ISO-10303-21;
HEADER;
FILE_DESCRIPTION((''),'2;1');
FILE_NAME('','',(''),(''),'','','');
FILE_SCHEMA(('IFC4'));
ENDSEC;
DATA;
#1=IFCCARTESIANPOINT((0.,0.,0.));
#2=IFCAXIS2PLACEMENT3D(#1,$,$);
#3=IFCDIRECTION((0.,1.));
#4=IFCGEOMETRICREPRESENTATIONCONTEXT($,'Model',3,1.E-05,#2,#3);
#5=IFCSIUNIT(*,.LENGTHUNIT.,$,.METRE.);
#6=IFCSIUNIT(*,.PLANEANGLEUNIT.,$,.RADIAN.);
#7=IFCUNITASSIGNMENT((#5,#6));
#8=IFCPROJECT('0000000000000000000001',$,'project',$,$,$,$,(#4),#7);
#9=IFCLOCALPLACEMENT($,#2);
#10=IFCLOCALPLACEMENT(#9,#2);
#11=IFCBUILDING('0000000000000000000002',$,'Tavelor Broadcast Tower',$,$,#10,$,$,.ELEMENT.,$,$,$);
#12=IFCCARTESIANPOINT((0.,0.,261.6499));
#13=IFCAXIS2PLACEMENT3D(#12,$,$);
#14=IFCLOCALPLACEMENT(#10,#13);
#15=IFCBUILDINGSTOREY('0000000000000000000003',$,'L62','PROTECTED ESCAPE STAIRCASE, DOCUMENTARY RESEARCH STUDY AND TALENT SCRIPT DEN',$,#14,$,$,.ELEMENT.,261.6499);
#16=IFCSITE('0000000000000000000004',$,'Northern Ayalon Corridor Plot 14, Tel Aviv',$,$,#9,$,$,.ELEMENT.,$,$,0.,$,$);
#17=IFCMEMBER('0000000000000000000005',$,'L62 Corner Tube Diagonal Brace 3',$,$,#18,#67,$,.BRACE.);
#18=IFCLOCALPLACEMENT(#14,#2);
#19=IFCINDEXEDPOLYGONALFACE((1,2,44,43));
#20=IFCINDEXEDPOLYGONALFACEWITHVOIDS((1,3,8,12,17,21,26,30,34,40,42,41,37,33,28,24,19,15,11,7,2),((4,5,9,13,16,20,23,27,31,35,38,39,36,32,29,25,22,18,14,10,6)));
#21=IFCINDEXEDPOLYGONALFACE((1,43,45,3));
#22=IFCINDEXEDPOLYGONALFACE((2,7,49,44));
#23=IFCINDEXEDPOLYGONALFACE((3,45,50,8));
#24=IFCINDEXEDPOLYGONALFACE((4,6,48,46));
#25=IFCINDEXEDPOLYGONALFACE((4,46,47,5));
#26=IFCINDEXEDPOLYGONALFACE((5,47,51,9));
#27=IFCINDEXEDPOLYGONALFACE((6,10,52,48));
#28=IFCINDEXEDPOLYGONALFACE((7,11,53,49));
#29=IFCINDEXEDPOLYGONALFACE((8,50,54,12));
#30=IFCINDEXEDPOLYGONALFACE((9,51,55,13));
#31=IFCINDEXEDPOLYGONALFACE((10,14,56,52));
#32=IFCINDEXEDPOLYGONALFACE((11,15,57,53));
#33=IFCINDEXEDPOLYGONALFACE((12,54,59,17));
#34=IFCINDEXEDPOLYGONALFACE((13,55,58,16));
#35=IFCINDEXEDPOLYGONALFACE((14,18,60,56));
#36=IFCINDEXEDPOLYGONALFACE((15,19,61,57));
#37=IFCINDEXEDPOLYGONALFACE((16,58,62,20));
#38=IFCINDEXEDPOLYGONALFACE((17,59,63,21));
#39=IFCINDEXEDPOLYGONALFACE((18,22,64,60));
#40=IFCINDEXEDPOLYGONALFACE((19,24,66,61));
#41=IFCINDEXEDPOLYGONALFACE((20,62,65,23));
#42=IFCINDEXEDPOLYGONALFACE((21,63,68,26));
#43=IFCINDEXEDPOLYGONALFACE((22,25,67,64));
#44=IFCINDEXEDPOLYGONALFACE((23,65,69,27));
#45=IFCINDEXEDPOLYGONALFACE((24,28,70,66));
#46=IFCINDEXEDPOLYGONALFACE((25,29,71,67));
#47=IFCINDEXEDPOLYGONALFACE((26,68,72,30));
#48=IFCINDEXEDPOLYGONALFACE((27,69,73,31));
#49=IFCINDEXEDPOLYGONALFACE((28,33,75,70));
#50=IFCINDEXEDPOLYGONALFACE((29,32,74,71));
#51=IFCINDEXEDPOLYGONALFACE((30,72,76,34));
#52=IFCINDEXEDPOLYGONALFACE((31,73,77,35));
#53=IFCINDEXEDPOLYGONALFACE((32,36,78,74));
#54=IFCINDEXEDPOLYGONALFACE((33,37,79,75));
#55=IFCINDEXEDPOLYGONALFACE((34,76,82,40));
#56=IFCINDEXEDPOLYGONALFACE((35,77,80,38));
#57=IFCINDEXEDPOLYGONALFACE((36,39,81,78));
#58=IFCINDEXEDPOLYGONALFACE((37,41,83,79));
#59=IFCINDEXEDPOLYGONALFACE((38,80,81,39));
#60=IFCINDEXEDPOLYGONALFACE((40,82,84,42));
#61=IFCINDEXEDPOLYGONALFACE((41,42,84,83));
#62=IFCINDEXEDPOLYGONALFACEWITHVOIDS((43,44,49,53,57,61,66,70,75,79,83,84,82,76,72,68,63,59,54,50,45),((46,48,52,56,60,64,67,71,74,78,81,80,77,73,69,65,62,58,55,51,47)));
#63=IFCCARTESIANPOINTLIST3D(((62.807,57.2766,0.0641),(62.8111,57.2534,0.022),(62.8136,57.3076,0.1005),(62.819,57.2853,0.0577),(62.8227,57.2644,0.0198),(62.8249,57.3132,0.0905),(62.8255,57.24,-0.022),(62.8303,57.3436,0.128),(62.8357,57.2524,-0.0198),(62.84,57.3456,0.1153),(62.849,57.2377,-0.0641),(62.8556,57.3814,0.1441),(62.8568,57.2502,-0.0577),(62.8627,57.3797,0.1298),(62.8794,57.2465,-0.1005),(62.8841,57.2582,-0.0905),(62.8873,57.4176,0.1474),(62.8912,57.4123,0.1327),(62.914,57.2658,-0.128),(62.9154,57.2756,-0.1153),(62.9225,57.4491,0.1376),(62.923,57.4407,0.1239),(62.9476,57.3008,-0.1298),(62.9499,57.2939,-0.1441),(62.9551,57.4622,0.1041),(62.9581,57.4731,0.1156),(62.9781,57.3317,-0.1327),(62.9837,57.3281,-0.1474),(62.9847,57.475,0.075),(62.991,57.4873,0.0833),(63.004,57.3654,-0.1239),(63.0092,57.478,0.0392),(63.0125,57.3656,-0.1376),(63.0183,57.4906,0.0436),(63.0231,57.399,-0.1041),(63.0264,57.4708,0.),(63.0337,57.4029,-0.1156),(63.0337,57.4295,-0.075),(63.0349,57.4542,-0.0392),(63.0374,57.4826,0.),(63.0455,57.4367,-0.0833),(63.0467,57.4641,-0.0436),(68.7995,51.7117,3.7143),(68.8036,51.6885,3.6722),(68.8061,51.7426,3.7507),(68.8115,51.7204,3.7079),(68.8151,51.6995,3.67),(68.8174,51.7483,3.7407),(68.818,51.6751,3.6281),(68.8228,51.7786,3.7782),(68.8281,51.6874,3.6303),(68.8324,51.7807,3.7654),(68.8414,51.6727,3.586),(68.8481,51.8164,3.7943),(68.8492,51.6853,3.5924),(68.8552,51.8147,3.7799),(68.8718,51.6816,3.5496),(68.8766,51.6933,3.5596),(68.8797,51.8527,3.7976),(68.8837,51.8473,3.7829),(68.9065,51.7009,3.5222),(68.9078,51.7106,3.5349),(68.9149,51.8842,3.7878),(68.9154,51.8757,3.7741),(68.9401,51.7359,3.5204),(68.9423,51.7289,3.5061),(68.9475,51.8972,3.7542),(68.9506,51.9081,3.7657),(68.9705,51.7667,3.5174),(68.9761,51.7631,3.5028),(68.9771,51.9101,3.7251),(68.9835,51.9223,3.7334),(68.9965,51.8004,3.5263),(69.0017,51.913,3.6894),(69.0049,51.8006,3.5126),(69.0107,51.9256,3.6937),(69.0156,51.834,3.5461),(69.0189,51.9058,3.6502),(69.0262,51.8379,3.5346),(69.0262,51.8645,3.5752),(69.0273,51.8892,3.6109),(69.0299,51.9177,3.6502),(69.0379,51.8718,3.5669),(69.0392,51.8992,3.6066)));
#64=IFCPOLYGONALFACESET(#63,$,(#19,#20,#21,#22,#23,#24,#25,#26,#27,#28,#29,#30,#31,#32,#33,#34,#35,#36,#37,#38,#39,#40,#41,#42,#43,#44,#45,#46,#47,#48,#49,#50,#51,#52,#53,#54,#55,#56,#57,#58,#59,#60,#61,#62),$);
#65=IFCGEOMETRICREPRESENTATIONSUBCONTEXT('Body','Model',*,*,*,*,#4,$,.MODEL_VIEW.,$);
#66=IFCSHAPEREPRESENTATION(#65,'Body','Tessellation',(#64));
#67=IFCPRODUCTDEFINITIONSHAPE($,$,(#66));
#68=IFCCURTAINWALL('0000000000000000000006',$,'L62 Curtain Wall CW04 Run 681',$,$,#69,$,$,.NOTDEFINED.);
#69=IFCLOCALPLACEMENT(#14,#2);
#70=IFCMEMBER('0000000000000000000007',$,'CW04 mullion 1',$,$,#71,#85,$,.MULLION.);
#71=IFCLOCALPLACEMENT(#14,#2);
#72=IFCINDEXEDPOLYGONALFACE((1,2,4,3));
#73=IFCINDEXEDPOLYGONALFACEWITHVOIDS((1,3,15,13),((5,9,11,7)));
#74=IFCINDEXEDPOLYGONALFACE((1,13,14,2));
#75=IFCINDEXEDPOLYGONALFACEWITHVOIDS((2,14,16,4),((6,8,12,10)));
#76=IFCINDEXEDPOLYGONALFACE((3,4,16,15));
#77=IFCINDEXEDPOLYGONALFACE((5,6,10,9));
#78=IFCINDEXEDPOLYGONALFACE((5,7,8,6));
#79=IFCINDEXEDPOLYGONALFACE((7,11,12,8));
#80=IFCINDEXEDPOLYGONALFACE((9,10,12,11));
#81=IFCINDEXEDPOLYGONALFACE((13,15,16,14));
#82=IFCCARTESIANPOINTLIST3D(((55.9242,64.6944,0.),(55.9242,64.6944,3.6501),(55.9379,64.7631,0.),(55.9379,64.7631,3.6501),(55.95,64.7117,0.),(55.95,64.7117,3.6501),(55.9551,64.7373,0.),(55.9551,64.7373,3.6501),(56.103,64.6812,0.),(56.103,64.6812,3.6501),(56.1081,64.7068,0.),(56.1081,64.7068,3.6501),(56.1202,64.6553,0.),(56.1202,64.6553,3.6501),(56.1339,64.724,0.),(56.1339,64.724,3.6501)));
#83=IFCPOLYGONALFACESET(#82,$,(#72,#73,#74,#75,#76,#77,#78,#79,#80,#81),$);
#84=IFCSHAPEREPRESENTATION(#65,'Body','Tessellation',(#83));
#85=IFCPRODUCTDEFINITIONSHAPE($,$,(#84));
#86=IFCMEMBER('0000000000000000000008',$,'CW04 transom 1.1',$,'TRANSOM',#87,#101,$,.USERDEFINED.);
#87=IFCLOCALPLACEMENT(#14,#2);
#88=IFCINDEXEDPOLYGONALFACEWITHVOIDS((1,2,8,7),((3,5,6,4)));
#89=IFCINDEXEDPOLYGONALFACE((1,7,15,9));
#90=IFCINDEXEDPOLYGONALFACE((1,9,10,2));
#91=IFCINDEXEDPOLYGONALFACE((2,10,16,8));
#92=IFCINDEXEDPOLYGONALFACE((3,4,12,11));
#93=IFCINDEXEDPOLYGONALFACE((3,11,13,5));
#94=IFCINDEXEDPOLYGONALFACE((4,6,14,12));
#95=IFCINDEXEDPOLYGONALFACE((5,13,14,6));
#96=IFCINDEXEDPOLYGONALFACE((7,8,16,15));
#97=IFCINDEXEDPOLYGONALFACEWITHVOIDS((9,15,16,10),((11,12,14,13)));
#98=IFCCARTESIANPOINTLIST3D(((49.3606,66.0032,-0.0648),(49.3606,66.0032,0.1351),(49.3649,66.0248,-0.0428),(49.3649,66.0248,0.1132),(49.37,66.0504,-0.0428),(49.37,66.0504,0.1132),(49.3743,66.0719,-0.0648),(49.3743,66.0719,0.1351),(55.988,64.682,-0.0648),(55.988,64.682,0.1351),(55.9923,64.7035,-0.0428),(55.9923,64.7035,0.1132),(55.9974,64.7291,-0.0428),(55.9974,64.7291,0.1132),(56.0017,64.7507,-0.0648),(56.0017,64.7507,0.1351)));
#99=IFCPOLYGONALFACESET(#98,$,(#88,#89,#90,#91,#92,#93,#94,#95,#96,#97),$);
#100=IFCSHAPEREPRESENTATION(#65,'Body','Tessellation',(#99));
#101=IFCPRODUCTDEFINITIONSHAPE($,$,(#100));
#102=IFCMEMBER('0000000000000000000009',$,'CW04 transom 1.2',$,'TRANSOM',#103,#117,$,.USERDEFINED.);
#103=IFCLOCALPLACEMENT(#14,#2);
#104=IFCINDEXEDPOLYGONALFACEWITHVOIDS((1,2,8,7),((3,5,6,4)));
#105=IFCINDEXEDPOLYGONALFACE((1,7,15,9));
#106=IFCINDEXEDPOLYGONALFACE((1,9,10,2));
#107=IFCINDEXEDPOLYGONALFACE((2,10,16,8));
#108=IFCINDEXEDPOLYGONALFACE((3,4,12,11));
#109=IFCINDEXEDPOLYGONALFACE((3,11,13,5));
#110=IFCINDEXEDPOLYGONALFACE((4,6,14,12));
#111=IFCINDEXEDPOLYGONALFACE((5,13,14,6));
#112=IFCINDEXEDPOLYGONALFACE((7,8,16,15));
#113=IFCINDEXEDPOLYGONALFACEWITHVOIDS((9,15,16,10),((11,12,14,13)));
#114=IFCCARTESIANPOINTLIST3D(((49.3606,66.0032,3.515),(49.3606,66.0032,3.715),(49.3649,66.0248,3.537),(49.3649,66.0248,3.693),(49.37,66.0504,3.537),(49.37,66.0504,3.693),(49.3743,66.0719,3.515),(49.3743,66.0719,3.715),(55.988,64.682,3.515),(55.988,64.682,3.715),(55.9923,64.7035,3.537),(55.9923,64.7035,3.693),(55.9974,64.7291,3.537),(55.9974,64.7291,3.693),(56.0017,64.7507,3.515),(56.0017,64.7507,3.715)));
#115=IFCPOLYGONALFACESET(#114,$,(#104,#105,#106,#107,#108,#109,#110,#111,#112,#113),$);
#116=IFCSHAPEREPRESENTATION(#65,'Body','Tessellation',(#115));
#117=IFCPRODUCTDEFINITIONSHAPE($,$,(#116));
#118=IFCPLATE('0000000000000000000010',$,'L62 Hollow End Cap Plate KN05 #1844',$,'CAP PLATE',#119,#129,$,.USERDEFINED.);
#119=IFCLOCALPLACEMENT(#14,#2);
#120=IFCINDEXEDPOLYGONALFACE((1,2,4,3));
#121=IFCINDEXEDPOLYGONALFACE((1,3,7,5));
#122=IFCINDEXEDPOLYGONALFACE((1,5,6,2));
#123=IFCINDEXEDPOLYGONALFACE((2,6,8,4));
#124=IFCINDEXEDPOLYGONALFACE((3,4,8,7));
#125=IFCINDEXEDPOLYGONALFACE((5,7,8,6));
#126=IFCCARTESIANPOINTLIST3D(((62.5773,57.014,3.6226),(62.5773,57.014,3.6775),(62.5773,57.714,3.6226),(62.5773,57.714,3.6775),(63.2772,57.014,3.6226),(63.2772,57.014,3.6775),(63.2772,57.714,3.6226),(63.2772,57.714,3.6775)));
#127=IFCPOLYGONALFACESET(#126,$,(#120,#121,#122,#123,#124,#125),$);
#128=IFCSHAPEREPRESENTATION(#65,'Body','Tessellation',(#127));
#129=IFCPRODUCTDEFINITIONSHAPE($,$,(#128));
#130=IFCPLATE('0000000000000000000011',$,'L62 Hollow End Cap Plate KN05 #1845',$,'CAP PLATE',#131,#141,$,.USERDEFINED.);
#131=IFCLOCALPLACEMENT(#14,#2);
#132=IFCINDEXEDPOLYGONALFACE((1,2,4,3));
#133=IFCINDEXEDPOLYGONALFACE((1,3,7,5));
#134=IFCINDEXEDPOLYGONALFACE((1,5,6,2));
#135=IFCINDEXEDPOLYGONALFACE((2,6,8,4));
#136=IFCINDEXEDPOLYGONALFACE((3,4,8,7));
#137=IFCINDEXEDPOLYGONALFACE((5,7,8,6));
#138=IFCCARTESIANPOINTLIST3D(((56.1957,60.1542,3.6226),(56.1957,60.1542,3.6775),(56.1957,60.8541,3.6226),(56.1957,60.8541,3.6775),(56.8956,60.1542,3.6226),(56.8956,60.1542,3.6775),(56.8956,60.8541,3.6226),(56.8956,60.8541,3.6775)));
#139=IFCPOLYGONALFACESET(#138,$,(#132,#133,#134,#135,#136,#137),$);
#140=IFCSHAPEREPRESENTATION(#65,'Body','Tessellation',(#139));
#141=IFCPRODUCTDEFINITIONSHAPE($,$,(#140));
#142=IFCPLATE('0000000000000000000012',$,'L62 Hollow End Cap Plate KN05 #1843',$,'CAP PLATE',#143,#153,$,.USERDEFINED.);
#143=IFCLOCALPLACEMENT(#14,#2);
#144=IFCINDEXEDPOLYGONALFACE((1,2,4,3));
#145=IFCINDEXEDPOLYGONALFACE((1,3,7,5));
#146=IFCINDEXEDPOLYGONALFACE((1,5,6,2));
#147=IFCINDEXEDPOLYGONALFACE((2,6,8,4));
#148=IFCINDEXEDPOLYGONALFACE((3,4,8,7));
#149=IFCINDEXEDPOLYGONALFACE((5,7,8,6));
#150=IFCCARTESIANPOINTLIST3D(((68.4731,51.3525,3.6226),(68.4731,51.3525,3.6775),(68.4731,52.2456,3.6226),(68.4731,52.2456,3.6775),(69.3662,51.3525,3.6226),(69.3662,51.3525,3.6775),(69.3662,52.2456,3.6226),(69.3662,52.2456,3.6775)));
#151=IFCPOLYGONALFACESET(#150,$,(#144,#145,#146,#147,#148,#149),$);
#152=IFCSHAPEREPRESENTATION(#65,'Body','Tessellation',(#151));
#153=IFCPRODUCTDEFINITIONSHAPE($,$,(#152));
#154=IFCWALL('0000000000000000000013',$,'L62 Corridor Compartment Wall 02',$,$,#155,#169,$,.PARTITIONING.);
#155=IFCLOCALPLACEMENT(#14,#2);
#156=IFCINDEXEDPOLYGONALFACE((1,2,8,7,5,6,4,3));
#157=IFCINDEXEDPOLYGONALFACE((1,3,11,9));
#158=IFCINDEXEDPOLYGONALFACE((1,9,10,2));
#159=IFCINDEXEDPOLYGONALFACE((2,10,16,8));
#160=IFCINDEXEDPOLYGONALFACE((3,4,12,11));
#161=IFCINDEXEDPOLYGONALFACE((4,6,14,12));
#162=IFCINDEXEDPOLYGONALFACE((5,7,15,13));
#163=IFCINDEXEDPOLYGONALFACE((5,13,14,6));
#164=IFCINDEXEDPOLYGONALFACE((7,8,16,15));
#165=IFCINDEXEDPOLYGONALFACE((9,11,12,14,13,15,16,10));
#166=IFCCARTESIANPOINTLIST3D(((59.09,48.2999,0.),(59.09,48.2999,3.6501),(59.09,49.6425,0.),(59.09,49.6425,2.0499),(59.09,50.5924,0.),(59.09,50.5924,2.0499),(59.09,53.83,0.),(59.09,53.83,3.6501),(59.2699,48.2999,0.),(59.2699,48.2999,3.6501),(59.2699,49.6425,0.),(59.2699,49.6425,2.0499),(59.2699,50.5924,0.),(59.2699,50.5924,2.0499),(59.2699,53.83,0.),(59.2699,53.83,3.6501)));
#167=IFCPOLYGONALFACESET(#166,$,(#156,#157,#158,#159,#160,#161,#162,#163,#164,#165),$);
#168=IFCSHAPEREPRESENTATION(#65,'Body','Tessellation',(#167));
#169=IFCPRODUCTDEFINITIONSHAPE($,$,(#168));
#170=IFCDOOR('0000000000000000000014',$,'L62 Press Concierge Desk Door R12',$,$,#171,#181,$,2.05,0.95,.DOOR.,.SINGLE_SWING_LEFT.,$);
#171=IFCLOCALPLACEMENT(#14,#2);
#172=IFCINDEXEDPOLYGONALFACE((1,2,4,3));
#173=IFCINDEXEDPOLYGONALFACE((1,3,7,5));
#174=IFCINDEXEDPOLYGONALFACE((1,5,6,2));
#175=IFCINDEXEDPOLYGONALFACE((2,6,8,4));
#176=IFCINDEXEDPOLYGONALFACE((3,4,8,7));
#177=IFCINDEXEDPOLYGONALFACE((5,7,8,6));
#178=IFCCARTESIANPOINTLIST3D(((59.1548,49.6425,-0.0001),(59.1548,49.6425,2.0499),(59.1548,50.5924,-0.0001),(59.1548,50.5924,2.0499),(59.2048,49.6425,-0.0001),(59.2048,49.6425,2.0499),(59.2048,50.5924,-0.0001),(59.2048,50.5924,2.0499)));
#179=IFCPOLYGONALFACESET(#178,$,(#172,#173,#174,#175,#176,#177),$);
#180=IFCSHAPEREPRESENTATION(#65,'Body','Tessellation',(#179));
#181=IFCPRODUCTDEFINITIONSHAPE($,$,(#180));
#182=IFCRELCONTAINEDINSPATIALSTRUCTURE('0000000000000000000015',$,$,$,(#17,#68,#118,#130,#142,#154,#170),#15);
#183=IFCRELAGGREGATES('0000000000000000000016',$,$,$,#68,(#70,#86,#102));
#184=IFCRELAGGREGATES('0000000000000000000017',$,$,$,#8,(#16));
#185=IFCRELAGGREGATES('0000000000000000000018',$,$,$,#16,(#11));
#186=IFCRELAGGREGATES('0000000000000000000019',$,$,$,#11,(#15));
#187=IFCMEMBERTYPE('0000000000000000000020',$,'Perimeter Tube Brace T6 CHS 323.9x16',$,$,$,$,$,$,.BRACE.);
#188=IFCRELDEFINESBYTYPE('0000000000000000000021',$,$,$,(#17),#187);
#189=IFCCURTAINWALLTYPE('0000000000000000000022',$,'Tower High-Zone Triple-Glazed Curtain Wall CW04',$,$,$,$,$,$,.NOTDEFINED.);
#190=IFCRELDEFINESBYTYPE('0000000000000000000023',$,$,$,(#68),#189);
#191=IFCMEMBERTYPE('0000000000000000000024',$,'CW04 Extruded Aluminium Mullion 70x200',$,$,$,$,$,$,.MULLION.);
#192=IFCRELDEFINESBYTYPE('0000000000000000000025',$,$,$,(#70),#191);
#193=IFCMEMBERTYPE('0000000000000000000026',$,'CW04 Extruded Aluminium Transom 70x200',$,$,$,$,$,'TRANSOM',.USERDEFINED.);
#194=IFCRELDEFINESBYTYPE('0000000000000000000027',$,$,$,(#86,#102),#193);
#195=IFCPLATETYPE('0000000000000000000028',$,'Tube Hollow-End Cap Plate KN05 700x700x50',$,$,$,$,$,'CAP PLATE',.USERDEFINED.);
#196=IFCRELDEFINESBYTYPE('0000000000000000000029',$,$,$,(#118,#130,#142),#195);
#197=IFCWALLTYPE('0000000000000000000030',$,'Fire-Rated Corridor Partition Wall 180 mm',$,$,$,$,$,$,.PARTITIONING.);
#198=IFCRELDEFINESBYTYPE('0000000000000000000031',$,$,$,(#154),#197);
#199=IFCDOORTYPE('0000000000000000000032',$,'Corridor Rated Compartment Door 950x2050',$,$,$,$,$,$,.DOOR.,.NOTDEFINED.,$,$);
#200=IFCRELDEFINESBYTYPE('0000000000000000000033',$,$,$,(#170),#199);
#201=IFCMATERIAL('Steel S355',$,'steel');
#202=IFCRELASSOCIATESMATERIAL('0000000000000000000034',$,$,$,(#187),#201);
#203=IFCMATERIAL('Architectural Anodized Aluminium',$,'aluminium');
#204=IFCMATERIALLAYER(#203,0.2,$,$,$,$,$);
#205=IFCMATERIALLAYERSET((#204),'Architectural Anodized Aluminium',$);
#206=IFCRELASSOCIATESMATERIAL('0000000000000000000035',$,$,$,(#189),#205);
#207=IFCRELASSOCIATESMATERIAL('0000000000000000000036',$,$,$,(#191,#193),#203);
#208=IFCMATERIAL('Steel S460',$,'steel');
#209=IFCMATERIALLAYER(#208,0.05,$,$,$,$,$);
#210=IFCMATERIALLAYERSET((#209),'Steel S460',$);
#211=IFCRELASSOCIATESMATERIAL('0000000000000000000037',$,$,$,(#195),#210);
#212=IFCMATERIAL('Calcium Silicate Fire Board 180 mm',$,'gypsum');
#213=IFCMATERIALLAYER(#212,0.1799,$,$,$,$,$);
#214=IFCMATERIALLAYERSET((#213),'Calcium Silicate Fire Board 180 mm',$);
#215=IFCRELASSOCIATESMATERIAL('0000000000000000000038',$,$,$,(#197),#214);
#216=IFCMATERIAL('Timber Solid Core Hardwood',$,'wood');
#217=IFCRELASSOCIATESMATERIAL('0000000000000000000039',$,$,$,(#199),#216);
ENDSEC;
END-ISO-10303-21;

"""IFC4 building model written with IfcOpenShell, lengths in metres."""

from ifc_helpers import new_model, si_unit, direction, frame, frame_2d, origin, origin_2d, place, context, subcontext, project, spatial, rectangle, hollow_rectangle, hollow_circle, extrude, source, transform, mapped, material, layer, layer_set, material_profile, profile_set, type_object, type_shapes, element, fill, aggregate, save


model = new_model("IFC4")

# Units and contexts
model_context = context("Model", 3, precision=1e-05, world=origin(), true_north=direction((0.0, 1.0)))
body_context = subcontext(model_context, "Body", "Model", "MODEL_VIEW")
ifc_project = project(units=[si_unit("LENGTHUNIT", "METRE"), si_unit("PLANEANGLEUNIT", "RADIAN")], contexts=[model_context])

# Site, building, storey
site_placement = place(None, origin())
site = spatial("IfcSite", under=ifc_project, at=site_placement, Name="Northern Ayalon Corridor Plot 14, Tel Aviv", CompositionType="ELEMENT", RefElevation=0.0)
building_placement = place(site_placement, origin())
building = spatial("IfcBuilding", under=site, at=building_placement, Name="Tavelor Broadcast Tower", CompositionType="ELEMENT")
storey_placement = place(building_placement, frame((0.0, 0.0, 261.6499)))
storey = spatial("IfcBuildingStorey", under=building, at=storey_placement, Name="L62", Description="PROTECTED ESCAPE STAIRCASE, DOCUMENTARY RESEARCH STUDY AND TALENT SCRIPT DEN", CompositionType="ELEMENT", Elevation=261.6499)

# Shared definitions
ifc_material_1 = material(Name="Steel S460", Category="steel")

# Shared definitions
ifc_material_2 = material(Name="Steel S355", Category="steel")

# Member
ifc_material_profile_1 = material_profile(ifc_material_2, hollow_circle(Radius=0.1619, WallThickness=0.0161, at=origin_2d()), Name="CHS 323.9x16")
ifc_profile_set_1 = profile_set([ifc_material_profile_1], Name="Steel S355")
member_type_1 = type_object("IfcMemberType", Name="Perimeter Tube Brace T6 CHS 323.9x16", PredefinedType="BRACE", material=ifc_profile_set_1)
member_1_placement = place(storey_placement, frame((62.9272, 57.364, 0.0), z_axis=(0.669133, -0.621398, 0.407586), x_axis=(0.680487, 0.732761, 0.0)))
element("IfcMember", 1, at=member_1_placement, inside=storey, type_object=member_type_1, Name="L62 Corner Tube Diagonal Brace 3", PredefinedType="BRACE", context=body_context, shape_type="SweptSolid", body=[
    extrude(hollow_circle(Radius=0.1619, WallThickness=0.0161, at=origin_2d()), origin(), (0.0, 0.0, 1.0), 8.9556),
])

# Curtain wall, members
ifc_material_3 = material(Name="Architectural Anodized Aluminium", Category="aluminium")
ifc_layer_1 = layer(ifc_material_3, 0.2)
ifc_layer_set_1 = layer_set([ifc_layer_1], Name="Architectural Anodized Aluminium")
curtain_wall_type = type_object("IfcCurtainWallType", Name="Tower High-Zone Triple-Glazed Curtain Wall CW04", PredefinedType="NOTDEFINED", material=ifc_layer_set_1)
curtain_wall_placement = place(storey_placement, origin())
curtain_wall = element("IfcCurtainWall", 2, at=curtain_wall_placement, inside=storey, type_object=curtain_wall_type, Name="L62 Curtain Wall CW04 Run 681", PredefinedType="NOTDEFINED")
ifc_material_profile_2 = material_profile(ifc_material_3, hollow_rectangle(XDim=0.0701, YDim=0.2, WallThickness=0.022, at=origin_2d()), Name="RHS 70x200x22")
ifc_profile_set_2 = profile_set([ifc_material_profile_2], Name="Architectural Anodized Aluminium")
member_type_2 = type_object("IfcMemberType", Name="CW04 Extruded Aluminium Mullion 70x200", PredefinedType="MULLION", material=ifc_profile_set_2)
shared_shape_1 = source(origin(), body_context, "Body", "SweptSolid", [
    extrude(hollow_rectangle(XDim=0.0701, YDim=0.2, WallThickness=0.022, at=origin_2d()), origin(), (0.0, 0.0, 1.0), 3.6501),
])
type_shapes(member_type_2, [shared_shape_1])
member_2_placement = place(storey_placement, frame((56.0291, 64.7092, 0.0), z_axis=(0.0, 0.0, 1.0), x_axis=(-0.195528, -0.980698, 0.0)))
member_2 = element("IfcMember", 3, at=member_2_placement, type_object=member_type_2, Name="CW04 mullion 1", PredefinedType="MULLION", context=body_context, shape_type="MappedRepresentation", body=[
    mapped(shared_shape_1, transform((0.0, 0.0, 0.0), scale=1.0)),
])
ifc_material_profile_3 = material_profile(ifc_material_3, hollow_rectangle(XDim=0.0701, YDim=0.2, WallThickness=0.022, at=origin_2d()), Name="RHS 70x200x22")
ifc_profile_set_3 = profile_set([ifc_material_profile_3], Name="Architectural Anodized Aluminium")
member_type_3 = type_object("IfcMemberType", Name="CW04 Extruded Aluminium Transom 70x200", ElementType="TRANSOM", PredefinedType="USERDEFINED", material=ifc_profile_set_3)
shared_shape_2 = source(origin(), body_context, "Body", "SweptSolid", [
    extrude(hollow_rectangle(XDim=0.0701, YDim=0.2, WallThickness=0.022, at=origin_2d()), origin(), (0.0, 0.0, 1.0), 6.7578),
])
type_shapes(member_type_3, [shared_shape_2])
member_3_placement = place(storey_placement, frame((55.9949, 64.7163, 0.0352), z_axis=(-0.9807, 0.195519, 0.0), x_axis=(-0.195519, -0.9807, 0.0)))
member_3 = element("IfcMember", 4, at=member_3_placement, type_object=member_type_3, Name="CW04 transom 1.1", ObjectType="TRANSOM", PredefinedType="USERDEFINED", context=body_context, shape_type="MappedRepresentation", body=[
    mapped(shared_shape_2, transform((0.0, 0.0, 0.0), scale=1.0)),
])
member_4_placement = place(storey_placement, frame((55.9949, 64.7163, 3.615), z_axis=(-0.9807, 0.195519, 0.0), x_axis=(-0.195519, -0.9807, 0.0)))
member_4 = element("IfcMember", 5, at=member_4_placement, type_object=member_type_3, Name="CW04 transom 1.2", ObjectType="TRANSOM", PredefinedType="USERDEFINED", context=body_context, shape_type="MappedRepresentation", body=[
    mapped(shared_shape_2, transform((0.0, 0.0, 0.0), scale=1.0)),
])
aggregate(curtain_wall, [member_2, member_3, member_4])

# Plates
ifc_layer_2 = layer(ifc_material_1, 0.05)
ifc_layer_set_2 = layer_set([ifc_layer_2], Name="Steel S460")
plate_type = type_object("IfcPlateType", Name="Tube Hollow-End Cap Plate KN05 700x700x50", ElementType="CAP PLATE", PredefinedType="USERDEFINED", material=ifc_layer_set_2)
shared_shape_3 = source(origin(), body_context, "Body", "SweptSolid", [
    extrude(rectangle(XDim=0.7, YDim=0.7, at=origin_2d()), origin(), (0.0, 0.0, 1.0), 0.0549),
])
for number, where, z_axis, x_axis, name in (
    (6, (62.9272, 57.364, 3.6226), (0.0, 0.0, 1.0), (1.0, 0.0, 0.0), "L62 Hollow End Cap Plate KN05 #1844"),
    (7, (56.5457, 60.5042, 3.6226), (0.0, 0.0, 1.0), (1.0, 0.0, 0.0), "L62 Hollow End Cap Plate KN05 #1845"),
):
    element("IfcPlate", number, at=place(storey_placement, frame(where, z_axis=z_axis, x_axis=x_axis)), inside=storey, type_object=plate_type, Name=name, ObjectType="CAP PLATE", PredefinedType="USERDEFINED", context=body_context, shape_type="MappedRepresentation", body=[
        mapped(shared_shape_3, transform((0.0, 0.0, 0.0), scale=1.0)),
    ])
shared_shape_4 = source(origin(), body_context, "Body", "SweptSolid", [
    extrude(rectangle(XDim=0.8931, YDim=0.8931, at=origin_2d()), origin(), (0.0, 0.0, 1.0), 0.0549),
])
type_shapes(plate_type, [shared_shape_3, shared_shape_4])
plate_placement = place(storey_placement, frame((68.9197, 51.7991, 3.6226), z_axis=(0.0, 0.0, 1.0), x_axis=(1.0, 0.0, 0.0)))
element("IfcPlate", 8, at=plate_placement, inside=storey, type_object=plate_type, Name="L62 Hollow End Cap Plate KN05 #1843", ObjectType="CAP PLATE", PredefinedType="USERDEFINED", context=body_context, shape_type="MappedRepresentation", body=[
    mapped(shared_shape_4, transform((0.0, 0.0, 0.0), scale=1.0)),
])

# Wall, opening, door
ifc_material_4 = material(Name="Calcium Silicate Fire Board 180 mm", Category="gypsum")
ifc_layer_3 = layer(ifc_material_4, 0.1799)
ifc_layer_set_3 = layer_set([ifc_layer_3], Name="Calcium Silicate Fire Board 180 mm")
wall_type_1 = type_object("IfcWallType", Name="Fire-Rated Corridor Partition Wall 180 mm", PredefinedType="PARTITIONING", material=ifc_layer_set_3)
wall_1_placement = place(storey_placement, frame((59.1799, 53.8301, 0.0), z_axis=(0.0, 0.0, 1.0), x_axis=(0.0, -1.0, 0.0)))
wall_1 = element("IfcWall", 9, at=wall_1_placement, inside=storey, type_object=wall_type_1, Name="L62 Corridor Compartment Wall 02", PredefinedType="PARTITIONING", context=body_context, shape_type="SweptSolid", body=[
    extrude(rectangle(XDim=5.53, YDim=0.1799, at=frame_2d((2.7651, 0.0))), origin(), (0.0, 0.0, 1.0), 3.6501),
])
opening_placement = place(wall_1_placement, frame((3.2375, 0.0, 0.0)))
opening = element("IfcOpeningElement", 10, at=opening_placement, cuts=wall_1, PredefinedType="OPENING", context=body_context, shape_type="SweptSolid", body=[
    extrude(rectangle(XDim=0.95, YDim=2.05, at=frame_2d((0.4751, 1.0249))), frame((0.0, 0.1001, 0.0), z_axis=(0.0, -1.0, 0.0), x_axis=(1.0, 0.0, 0.0)), (0.0, 0.0, 1.0), 0.2),
])
ifc_material_5 = material(Name="Timber Solid Core Hardwood", Category="wood")
door_type = type_object("IfcDoorType", Name="Corridor Rated Compartment Door 950x2050", OperationType="NOTDEFINED", PredefinedType="DOOR", material=ifc_material_5)
door_placement = place(opening_placement, origin())
door = element("IfcDoor", 11, at=door_placement, inside=storey, type_object=door_type, Name="L62 Press Concierge Desk Door R12", OperationType="SINGLE_SWING_LEFT", OverallHeight=2.05, OverallWidth=0.95, PredefinedType="DOOR", context=body_context, shape_type="SweptSolid", body=[
    extrude(rectangle(XDim=0.95, YDim=2.05, at=frame_2d((0.4751, 1.0249))), frame((0.0, 0.0249, 0.0), z_axis=(0.0, -1.0, 0.0), x_axis=(1.0, 0.0, 0.0)), (0.0, 0.0, 1.0), 0.05),
])
fill(opening, door)

save(model, "model.ifc")
